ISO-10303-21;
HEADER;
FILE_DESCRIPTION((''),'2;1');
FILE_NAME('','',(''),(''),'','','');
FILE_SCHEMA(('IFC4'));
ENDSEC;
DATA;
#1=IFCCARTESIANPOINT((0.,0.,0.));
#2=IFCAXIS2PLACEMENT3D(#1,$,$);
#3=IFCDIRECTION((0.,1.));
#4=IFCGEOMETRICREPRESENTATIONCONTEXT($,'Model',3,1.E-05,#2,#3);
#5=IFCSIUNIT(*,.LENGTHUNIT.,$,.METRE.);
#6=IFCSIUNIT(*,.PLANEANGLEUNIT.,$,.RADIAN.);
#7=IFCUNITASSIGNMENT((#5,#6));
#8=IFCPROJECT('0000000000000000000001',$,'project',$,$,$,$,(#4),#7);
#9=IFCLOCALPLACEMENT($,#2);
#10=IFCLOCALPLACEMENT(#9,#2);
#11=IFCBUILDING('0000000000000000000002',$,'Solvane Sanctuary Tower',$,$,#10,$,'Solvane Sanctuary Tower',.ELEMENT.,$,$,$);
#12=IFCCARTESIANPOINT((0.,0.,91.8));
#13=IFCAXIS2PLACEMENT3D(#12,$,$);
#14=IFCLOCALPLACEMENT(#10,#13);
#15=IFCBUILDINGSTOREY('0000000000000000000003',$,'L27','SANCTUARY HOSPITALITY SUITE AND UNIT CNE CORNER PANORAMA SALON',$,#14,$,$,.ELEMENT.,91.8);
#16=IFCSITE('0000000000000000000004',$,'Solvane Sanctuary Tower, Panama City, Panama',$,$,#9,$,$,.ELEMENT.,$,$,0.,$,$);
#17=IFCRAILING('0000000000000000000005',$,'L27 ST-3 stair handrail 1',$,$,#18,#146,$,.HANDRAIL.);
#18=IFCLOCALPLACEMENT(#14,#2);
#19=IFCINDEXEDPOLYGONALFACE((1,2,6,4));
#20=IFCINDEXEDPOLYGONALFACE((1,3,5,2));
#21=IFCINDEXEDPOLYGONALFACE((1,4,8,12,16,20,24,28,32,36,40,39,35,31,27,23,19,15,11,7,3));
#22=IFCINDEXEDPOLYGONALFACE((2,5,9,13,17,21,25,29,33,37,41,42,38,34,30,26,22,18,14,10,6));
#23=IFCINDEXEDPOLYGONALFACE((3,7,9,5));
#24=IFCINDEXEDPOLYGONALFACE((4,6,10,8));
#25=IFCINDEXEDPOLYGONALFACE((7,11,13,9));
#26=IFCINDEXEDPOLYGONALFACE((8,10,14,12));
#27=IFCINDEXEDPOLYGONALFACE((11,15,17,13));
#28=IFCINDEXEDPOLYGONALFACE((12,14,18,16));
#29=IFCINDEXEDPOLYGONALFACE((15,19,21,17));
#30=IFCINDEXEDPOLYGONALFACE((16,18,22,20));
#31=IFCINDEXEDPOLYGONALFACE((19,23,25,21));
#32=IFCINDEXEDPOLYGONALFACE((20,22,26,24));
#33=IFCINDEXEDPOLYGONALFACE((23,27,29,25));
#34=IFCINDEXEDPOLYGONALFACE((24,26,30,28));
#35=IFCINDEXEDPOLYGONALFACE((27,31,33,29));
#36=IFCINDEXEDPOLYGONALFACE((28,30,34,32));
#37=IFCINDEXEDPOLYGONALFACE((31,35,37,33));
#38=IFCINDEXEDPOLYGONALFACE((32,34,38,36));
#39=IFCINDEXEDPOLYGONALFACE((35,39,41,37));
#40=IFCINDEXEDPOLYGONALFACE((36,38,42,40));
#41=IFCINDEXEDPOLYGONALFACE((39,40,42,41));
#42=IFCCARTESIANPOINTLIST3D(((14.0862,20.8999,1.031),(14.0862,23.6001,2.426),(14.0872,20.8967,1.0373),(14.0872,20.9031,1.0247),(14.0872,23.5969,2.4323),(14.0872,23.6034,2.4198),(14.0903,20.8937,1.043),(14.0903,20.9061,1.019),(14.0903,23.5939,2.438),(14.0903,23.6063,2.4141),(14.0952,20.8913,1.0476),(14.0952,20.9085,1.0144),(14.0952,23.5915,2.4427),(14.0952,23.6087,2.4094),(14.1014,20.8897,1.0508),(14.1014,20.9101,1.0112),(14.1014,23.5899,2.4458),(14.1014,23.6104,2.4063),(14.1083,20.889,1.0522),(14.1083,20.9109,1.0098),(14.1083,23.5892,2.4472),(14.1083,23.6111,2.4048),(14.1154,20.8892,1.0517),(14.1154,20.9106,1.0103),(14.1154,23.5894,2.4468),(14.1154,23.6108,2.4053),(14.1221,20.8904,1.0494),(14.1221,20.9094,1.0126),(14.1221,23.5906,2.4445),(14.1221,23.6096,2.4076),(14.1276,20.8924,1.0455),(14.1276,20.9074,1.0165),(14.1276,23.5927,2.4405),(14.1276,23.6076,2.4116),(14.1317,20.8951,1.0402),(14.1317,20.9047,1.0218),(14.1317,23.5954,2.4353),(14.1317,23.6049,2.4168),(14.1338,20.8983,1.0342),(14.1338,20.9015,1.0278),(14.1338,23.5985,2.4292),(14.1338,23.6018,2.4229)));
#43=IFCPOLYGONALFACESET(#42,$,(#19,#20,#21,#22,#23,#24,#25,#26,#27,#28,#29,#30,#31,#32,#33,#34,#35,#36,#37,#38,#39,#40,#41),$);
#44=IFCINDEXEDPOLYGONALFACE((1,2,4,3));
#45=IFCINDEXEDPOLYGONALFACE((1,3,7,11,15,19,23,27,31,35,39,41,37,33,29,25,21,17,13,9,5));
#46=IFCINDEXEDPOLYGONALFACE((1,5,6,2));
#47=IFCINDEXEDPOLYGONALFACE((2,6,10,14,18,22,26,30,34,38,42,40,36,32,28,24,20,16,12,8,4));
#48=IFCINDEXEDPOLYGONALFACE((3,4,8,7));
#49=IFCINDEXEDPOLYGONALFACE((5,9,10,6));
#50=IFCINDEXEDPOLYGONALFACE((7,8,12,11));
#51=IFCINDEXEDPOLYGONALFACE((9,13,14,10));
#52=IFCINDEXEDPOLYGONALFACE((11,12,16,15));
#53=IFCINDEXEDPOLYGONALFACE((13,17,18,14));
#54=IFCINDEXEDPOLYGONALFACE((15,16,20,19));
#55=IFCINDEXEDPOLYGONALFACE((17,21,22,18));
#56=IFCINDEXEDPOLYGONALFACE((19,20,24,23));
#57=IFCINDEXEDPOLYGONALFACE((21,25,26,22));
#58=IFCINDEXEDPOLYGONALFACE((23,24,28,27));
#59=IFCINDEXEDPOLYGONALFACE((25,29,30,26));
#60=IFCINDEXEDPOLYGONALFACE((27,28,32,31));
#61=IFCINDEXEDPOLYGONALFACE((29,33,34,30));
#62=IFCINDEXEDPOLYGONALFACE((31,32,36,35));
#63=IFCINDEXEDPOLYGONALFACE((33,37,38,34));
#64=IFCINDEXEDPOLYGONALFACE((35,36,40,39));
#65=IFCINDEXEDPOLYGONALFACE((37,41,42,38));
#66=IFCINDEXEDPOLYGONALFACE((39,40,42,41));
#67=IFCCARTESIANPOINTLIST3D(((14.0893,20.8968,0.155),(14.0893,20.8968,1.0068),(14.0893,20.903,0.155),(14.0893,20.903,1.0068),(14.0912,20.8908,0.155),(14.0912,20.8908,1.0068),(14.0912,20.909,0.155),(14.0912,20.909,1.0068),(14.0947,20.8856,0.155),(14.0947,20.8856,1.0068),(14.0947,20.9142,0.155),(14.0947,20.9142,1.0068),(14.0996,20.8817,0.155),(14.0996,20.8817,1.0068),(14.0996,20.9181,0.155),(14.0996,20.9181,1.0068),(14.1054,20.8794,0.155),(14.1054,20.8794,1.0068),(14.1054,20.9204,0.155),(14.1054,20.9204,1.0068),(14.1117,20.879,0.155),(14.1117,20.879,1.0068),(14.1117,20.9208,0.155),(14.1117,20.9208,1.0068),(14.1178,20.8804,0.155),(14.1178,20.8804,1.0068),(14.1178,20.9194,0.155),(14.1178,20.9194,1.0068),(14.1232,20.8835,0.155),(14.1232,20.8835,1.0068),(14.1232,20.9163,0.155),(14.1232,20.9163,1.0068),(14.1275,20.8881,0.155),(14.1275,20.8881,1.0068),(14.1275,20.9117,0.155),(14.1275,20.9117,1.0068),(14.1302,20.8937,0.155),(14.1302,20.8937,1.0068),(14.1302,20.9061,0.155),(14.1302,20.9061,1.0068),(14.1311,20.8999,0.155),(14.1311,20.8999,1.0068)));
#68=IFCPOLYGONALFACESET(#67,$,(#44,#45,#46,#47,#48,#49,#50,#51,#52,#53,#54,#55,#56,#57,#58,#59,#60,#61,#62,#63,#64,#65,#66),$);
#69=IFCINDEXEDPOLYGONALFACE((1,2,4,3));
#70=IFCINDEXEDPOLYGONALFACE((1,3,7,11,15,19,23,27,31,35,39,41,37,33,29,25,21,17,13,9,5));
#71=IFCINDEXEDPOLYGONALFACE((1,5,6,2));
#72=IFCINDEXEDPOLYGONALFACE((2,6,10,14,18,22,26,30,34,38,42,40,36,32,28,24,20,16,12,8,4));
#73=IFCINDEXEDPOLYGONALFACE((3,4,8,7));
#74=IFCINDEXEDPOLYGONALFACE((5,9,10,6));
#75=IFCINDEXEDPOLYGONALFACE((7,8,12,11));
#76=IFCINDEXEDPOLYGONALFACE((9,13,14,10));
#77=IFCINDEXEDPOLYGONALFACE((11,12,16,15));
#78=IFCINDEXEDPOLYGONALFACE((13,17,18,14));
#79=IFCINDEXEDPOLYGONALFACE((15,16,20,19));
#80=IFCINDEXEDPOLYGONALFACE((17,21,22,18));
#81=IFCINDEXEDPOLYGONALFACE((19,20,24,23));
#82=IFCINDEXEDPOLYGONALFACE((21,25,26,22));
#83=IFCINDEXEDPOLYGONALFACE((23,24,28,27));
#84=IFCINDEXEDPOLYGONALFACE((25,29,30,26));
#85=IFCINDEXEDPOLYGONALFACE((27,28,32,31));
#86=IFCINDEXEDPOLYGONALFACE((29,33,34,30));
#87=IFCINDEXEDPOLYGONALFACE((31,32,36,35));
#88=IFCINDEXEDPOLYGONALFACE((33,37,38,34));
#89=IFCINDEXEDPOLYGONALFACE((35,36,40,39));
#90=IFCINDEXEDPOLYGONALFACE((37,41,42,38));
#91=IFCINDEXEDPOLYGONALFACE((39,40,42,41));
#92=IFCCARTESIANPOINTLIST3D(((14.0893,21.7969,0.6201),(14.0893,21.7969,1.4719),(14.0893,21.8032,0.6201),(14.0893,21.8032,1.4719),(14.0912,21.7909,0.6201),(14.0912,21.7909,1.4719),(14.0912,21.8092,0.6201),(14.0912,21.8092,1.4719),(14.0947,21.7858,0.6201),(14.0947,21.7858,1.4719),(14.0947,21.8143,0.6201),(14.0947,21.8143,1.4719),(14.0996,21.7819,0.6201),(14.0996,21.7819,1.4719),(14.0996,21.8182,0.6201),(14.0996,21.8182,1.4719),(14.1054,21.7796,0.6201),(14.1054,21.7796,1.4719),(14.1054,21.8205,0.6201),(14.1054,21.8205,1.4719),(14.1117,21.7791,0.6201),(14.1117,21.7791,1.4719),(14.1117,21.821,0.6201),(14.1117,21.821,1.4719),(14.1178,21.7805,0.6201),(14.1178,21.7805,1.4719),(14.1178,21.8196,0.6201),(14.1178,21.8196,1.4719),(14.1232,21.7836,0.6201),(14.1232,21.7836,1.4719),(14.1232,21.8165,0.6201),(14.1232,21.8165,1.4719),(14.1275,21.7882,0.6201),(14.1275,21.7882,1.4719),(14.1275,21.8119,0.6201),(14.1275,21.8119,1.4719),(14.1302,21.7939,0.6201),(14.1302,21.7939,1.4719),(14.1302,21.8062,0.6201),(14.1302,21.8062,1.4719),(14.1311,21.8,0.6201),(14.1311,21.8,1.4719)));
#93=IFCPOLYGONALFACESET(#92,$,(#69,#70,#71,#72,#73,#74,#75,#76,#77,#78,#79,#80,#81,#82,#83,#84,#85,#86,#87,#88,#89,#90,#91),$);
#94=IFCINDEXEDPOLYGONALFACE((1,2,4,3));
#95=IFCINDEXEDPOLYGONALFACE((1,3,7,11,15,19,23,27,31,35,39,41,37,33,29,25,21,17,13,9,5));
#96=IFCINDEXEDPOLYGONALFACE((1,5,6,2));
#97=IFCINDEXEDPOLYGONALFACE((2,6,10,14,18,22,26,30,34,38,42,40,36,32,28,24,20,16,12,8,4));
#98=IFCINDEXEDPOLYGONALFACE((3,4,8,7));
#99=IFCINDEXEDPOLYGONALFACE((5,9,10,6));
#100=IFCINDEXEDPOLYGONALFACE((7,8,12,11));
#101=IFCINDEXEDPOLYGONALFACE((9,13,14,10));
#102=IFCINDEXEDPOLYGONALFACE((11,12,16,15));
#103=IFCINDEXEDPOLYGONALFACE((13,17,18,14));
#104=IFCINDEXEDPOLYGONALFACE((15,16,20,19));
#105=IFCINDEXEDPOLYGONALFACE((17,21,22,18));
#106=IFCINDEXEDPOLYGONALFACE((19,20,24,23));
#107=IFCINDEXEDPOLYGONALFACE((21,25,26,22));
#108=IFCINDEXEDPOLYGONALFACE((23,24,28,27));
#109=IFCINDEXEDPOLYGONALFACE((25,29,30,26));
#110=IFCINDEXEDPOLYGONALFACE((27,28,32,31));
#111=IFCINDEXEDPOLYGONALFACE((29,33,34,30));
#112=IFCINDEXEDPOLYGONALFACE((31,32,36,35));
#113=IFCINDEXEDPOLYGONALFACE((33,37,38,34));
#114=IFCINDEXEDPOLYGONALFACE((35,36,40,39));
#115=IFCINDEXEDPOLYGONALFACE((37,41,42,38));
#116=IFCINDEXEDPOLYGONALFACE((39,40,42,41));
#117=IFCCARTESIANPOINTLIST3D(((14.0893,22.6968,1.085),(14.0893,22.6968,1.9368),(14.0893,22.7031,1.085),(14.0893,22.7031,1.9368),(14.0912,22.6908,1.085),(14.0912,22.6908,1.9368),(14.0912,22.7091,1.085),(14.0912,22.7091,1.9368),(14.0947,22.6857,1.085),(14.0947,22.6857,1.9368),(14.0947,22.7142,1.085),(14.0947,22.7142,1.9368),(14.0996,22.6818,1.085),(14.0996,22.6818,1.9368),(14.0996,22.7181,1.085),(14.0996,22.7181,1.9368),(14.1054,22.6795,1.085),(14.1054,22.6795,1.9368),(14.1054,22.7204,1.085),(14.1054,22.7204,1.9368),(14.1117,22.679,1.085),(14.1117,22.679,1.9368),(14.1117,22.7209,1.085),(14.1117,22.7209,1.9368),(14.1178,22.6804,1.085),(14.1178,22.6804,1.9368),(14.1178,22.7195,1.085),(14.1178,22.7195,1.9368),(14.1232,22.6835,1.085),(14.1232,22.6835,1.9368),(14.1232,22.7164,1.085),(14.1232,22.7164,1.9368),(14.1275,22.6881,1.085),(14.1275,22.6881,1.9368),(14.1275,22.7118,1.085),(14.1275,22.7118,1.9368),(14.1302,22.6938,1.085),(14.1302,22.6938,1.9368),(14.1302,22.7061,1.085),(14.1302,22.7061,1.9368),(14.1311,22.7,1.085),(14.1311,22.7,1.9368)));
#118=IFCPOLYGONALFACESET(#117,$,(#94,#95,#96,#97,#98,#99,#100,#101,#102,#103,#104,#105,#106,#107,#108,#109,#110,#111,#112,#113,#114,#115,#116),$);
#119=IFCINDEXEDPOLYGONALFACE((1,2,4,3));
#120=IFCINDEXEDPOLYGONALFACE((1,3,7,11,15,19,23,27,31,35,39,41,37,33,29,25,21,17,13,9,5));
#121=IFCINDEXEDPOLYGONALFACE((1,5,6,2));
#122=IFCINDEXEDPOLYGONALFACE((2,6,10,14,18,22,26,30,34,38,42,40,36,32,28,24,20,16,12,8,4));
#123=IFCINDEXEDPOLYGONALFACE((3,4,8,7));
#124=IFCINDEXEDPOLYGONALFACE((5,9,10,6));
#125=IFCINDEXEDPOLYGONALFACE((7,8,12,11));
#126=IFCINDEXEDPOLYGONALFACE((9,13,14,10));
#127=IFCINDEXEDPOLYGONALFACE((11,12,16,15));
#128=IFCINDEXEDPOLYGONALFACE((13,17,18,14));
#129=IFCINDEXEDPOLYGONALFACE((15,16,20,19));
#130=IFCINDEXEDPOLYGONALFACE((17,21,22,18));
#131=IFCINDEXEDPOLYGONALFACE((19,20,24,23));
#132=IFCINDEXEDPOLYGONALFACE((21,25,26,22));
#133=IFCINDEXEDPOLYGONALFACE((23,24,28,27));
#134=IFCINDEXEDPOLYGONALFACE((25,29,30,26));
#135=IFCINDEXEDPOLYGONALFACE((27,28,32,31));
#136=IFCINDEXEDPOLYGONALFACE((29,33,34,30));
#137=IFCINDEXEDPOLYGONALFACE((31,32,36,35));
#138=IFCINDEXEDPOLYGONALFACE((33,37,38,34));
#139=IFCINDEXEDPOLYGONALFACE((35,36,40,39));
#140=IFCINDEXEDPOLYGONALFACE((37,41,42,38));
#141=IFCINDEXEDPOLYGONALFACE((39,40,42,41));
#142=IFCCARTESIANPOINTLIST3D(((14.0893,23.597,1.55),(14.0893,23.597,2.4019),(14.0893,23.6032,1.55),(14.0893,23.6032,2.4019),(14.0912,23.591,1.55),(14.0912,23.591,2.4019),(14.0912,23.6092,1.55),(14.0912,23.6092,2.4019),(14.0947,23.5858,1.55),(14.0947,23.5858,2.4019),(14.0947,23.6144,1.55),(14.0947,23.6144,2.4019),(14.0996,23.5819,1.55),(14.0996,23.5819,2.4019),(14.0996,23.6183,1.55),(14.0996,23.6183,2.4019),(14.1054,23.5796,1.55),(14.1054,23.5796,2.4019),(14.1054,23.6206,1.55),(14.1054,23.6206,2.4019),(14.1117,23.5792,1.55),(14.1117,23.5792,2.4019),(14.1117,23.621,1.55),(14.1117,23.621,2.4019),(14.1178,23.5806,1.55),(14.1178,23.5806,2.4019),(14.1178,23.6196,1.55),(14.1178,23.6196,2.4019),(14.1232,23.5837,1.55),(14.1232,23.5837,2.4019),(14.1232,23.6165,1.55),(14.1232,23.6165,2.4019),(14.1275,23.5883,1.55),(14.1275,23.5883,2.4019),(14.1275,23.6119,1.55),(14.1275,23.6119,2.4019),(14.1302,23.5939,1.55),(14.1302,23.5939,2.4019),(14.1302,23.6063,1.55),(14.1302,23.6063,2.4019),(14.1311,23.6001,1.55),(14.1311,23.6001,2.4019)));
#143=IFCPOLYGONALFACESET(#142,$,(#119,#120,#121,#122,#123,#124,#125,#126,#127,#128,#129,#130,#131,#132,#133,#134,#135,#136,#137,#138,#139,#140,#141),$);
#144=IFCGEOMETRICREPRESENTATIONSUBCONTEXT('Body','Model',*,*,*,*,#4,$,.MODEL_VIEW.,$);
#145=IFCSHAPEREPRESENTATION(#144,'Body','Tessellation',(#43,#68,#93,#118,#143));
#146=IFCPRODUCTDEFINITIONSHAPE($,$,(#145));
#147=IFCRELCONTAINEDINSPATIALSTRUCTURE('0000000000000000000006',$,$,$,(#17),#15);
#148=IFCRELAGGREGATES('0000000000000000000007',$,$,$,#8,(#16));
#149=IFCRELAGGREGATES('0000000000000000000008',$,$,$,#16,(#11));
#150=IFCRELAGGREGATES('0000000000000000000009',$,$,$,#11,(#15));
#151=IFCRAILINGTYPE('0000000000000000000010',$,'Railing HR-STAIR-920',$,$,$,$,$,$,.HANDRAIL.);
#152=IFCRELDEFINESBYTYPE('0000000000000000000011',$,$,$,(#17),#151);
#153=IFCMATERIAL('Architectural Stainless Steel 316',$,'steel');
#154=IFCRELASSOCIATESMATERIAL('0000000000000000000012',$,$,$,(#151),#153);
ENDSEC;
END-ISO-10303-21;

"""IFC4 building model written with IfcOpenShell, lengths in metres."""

from ifc_helpers import new_model, si_unit, direction, frame, origin, origin_2d, place, context, subcontext, project, spatial, circle, extrude, material, type_object, element, save


model = new_model("IFC4")

# Units and contexts
model_context = context("Model", 3, precision=1e-05, world=origin(), true_north=direction((0.0, 1.0)))
body_context = subcontext(model_context, "Body", "Model", "MODEL_VIEW")
ifc_project = project(units=[si_unit("LENGTHUNIT", "METRE"), si_unit("PLANEANGLEUNIT", "RADIAN")], contexts=[model_context])

# Site, building, storey
site_placement = place(None, origin())
site = spatial("IfcSite", under=ifc_project, at=site_placement, Name="Solvane Sanctuary Tower, Panama City, Panama", CompositionType="ELEMENT", RefElevation=0.0)
building_placement = place(site_placement, origin())
building = spatial("IfcBuilding", under=site, at=building_placement, Name="Solvane Sanctuary Tower", LongName="Solvane Sanctuary Tower", CompositionType="ELEMENT")
storey_placement = place(building_placement, frame((0.0, 0.0, 91.8)))
storey = spatial("IfcBuildingStorey", under=building, at=storey_placement, Name="L27", Description="SANCTUARY HOSPITALITY SUITE AND UNIT CNE CORNER PANORAMA SALON", CompositionType="ELEMENT", Elevation=91.8)

# Shared definitions
ifc_material_1 = material(Name="Architectural Stainless Steel 316", Category="steel")

# Railing
railing_type_1 = type_object("IfcRailingType", Name="Railing HR-STAIR-920", PredefinedType="HANDRAIL", material=ifc_material_1)
railing_1_placement = place(storey_placement, frame((14.1101, 20.8999, 0.155)))
element("IfcRailing", 1, at=railing_1_placement, inside=storey, type_object=railing_type_1, Name="L27 ST-3 stair handrail 1", PredefinedType="HANDRAIL", context=body_context, shape_type="SweptSolid", body=[
    extrude(circle(Radius=0.0239, at=origin_2d()), frame((0.0, 0.0, 0.876), z_axis=(0.0, 0.888437, 0.458999), x_axis=(-1.0, 0.0, 0.0)), (0.0, 0.0, 1.0), 3.0393),
    extrude(circle(Radius=0.021, at=origin_2d()), origin(), (0.0, 0.0, 1.0), 0.8518),
    extrude(circle(Radius=0.021, at=origin_2d()), frame((0.0, 0.9001, 0.4651)), (0.0, 0.0, 1.0), 0.8518),
    extrude(circle(Radius=0.021, at=origin_2d()), frame((0.0, 1.8, 0.9299)), (0.0, 0.0, 1.0), 0.8518),
    extrude(circle(Radius=0.021, at=origin_2d()), frame((0.0, 2.7002, 1.395)), (0.0, 0.0, 1.0), 0.8518),
])

save(model, "model.ifc")
